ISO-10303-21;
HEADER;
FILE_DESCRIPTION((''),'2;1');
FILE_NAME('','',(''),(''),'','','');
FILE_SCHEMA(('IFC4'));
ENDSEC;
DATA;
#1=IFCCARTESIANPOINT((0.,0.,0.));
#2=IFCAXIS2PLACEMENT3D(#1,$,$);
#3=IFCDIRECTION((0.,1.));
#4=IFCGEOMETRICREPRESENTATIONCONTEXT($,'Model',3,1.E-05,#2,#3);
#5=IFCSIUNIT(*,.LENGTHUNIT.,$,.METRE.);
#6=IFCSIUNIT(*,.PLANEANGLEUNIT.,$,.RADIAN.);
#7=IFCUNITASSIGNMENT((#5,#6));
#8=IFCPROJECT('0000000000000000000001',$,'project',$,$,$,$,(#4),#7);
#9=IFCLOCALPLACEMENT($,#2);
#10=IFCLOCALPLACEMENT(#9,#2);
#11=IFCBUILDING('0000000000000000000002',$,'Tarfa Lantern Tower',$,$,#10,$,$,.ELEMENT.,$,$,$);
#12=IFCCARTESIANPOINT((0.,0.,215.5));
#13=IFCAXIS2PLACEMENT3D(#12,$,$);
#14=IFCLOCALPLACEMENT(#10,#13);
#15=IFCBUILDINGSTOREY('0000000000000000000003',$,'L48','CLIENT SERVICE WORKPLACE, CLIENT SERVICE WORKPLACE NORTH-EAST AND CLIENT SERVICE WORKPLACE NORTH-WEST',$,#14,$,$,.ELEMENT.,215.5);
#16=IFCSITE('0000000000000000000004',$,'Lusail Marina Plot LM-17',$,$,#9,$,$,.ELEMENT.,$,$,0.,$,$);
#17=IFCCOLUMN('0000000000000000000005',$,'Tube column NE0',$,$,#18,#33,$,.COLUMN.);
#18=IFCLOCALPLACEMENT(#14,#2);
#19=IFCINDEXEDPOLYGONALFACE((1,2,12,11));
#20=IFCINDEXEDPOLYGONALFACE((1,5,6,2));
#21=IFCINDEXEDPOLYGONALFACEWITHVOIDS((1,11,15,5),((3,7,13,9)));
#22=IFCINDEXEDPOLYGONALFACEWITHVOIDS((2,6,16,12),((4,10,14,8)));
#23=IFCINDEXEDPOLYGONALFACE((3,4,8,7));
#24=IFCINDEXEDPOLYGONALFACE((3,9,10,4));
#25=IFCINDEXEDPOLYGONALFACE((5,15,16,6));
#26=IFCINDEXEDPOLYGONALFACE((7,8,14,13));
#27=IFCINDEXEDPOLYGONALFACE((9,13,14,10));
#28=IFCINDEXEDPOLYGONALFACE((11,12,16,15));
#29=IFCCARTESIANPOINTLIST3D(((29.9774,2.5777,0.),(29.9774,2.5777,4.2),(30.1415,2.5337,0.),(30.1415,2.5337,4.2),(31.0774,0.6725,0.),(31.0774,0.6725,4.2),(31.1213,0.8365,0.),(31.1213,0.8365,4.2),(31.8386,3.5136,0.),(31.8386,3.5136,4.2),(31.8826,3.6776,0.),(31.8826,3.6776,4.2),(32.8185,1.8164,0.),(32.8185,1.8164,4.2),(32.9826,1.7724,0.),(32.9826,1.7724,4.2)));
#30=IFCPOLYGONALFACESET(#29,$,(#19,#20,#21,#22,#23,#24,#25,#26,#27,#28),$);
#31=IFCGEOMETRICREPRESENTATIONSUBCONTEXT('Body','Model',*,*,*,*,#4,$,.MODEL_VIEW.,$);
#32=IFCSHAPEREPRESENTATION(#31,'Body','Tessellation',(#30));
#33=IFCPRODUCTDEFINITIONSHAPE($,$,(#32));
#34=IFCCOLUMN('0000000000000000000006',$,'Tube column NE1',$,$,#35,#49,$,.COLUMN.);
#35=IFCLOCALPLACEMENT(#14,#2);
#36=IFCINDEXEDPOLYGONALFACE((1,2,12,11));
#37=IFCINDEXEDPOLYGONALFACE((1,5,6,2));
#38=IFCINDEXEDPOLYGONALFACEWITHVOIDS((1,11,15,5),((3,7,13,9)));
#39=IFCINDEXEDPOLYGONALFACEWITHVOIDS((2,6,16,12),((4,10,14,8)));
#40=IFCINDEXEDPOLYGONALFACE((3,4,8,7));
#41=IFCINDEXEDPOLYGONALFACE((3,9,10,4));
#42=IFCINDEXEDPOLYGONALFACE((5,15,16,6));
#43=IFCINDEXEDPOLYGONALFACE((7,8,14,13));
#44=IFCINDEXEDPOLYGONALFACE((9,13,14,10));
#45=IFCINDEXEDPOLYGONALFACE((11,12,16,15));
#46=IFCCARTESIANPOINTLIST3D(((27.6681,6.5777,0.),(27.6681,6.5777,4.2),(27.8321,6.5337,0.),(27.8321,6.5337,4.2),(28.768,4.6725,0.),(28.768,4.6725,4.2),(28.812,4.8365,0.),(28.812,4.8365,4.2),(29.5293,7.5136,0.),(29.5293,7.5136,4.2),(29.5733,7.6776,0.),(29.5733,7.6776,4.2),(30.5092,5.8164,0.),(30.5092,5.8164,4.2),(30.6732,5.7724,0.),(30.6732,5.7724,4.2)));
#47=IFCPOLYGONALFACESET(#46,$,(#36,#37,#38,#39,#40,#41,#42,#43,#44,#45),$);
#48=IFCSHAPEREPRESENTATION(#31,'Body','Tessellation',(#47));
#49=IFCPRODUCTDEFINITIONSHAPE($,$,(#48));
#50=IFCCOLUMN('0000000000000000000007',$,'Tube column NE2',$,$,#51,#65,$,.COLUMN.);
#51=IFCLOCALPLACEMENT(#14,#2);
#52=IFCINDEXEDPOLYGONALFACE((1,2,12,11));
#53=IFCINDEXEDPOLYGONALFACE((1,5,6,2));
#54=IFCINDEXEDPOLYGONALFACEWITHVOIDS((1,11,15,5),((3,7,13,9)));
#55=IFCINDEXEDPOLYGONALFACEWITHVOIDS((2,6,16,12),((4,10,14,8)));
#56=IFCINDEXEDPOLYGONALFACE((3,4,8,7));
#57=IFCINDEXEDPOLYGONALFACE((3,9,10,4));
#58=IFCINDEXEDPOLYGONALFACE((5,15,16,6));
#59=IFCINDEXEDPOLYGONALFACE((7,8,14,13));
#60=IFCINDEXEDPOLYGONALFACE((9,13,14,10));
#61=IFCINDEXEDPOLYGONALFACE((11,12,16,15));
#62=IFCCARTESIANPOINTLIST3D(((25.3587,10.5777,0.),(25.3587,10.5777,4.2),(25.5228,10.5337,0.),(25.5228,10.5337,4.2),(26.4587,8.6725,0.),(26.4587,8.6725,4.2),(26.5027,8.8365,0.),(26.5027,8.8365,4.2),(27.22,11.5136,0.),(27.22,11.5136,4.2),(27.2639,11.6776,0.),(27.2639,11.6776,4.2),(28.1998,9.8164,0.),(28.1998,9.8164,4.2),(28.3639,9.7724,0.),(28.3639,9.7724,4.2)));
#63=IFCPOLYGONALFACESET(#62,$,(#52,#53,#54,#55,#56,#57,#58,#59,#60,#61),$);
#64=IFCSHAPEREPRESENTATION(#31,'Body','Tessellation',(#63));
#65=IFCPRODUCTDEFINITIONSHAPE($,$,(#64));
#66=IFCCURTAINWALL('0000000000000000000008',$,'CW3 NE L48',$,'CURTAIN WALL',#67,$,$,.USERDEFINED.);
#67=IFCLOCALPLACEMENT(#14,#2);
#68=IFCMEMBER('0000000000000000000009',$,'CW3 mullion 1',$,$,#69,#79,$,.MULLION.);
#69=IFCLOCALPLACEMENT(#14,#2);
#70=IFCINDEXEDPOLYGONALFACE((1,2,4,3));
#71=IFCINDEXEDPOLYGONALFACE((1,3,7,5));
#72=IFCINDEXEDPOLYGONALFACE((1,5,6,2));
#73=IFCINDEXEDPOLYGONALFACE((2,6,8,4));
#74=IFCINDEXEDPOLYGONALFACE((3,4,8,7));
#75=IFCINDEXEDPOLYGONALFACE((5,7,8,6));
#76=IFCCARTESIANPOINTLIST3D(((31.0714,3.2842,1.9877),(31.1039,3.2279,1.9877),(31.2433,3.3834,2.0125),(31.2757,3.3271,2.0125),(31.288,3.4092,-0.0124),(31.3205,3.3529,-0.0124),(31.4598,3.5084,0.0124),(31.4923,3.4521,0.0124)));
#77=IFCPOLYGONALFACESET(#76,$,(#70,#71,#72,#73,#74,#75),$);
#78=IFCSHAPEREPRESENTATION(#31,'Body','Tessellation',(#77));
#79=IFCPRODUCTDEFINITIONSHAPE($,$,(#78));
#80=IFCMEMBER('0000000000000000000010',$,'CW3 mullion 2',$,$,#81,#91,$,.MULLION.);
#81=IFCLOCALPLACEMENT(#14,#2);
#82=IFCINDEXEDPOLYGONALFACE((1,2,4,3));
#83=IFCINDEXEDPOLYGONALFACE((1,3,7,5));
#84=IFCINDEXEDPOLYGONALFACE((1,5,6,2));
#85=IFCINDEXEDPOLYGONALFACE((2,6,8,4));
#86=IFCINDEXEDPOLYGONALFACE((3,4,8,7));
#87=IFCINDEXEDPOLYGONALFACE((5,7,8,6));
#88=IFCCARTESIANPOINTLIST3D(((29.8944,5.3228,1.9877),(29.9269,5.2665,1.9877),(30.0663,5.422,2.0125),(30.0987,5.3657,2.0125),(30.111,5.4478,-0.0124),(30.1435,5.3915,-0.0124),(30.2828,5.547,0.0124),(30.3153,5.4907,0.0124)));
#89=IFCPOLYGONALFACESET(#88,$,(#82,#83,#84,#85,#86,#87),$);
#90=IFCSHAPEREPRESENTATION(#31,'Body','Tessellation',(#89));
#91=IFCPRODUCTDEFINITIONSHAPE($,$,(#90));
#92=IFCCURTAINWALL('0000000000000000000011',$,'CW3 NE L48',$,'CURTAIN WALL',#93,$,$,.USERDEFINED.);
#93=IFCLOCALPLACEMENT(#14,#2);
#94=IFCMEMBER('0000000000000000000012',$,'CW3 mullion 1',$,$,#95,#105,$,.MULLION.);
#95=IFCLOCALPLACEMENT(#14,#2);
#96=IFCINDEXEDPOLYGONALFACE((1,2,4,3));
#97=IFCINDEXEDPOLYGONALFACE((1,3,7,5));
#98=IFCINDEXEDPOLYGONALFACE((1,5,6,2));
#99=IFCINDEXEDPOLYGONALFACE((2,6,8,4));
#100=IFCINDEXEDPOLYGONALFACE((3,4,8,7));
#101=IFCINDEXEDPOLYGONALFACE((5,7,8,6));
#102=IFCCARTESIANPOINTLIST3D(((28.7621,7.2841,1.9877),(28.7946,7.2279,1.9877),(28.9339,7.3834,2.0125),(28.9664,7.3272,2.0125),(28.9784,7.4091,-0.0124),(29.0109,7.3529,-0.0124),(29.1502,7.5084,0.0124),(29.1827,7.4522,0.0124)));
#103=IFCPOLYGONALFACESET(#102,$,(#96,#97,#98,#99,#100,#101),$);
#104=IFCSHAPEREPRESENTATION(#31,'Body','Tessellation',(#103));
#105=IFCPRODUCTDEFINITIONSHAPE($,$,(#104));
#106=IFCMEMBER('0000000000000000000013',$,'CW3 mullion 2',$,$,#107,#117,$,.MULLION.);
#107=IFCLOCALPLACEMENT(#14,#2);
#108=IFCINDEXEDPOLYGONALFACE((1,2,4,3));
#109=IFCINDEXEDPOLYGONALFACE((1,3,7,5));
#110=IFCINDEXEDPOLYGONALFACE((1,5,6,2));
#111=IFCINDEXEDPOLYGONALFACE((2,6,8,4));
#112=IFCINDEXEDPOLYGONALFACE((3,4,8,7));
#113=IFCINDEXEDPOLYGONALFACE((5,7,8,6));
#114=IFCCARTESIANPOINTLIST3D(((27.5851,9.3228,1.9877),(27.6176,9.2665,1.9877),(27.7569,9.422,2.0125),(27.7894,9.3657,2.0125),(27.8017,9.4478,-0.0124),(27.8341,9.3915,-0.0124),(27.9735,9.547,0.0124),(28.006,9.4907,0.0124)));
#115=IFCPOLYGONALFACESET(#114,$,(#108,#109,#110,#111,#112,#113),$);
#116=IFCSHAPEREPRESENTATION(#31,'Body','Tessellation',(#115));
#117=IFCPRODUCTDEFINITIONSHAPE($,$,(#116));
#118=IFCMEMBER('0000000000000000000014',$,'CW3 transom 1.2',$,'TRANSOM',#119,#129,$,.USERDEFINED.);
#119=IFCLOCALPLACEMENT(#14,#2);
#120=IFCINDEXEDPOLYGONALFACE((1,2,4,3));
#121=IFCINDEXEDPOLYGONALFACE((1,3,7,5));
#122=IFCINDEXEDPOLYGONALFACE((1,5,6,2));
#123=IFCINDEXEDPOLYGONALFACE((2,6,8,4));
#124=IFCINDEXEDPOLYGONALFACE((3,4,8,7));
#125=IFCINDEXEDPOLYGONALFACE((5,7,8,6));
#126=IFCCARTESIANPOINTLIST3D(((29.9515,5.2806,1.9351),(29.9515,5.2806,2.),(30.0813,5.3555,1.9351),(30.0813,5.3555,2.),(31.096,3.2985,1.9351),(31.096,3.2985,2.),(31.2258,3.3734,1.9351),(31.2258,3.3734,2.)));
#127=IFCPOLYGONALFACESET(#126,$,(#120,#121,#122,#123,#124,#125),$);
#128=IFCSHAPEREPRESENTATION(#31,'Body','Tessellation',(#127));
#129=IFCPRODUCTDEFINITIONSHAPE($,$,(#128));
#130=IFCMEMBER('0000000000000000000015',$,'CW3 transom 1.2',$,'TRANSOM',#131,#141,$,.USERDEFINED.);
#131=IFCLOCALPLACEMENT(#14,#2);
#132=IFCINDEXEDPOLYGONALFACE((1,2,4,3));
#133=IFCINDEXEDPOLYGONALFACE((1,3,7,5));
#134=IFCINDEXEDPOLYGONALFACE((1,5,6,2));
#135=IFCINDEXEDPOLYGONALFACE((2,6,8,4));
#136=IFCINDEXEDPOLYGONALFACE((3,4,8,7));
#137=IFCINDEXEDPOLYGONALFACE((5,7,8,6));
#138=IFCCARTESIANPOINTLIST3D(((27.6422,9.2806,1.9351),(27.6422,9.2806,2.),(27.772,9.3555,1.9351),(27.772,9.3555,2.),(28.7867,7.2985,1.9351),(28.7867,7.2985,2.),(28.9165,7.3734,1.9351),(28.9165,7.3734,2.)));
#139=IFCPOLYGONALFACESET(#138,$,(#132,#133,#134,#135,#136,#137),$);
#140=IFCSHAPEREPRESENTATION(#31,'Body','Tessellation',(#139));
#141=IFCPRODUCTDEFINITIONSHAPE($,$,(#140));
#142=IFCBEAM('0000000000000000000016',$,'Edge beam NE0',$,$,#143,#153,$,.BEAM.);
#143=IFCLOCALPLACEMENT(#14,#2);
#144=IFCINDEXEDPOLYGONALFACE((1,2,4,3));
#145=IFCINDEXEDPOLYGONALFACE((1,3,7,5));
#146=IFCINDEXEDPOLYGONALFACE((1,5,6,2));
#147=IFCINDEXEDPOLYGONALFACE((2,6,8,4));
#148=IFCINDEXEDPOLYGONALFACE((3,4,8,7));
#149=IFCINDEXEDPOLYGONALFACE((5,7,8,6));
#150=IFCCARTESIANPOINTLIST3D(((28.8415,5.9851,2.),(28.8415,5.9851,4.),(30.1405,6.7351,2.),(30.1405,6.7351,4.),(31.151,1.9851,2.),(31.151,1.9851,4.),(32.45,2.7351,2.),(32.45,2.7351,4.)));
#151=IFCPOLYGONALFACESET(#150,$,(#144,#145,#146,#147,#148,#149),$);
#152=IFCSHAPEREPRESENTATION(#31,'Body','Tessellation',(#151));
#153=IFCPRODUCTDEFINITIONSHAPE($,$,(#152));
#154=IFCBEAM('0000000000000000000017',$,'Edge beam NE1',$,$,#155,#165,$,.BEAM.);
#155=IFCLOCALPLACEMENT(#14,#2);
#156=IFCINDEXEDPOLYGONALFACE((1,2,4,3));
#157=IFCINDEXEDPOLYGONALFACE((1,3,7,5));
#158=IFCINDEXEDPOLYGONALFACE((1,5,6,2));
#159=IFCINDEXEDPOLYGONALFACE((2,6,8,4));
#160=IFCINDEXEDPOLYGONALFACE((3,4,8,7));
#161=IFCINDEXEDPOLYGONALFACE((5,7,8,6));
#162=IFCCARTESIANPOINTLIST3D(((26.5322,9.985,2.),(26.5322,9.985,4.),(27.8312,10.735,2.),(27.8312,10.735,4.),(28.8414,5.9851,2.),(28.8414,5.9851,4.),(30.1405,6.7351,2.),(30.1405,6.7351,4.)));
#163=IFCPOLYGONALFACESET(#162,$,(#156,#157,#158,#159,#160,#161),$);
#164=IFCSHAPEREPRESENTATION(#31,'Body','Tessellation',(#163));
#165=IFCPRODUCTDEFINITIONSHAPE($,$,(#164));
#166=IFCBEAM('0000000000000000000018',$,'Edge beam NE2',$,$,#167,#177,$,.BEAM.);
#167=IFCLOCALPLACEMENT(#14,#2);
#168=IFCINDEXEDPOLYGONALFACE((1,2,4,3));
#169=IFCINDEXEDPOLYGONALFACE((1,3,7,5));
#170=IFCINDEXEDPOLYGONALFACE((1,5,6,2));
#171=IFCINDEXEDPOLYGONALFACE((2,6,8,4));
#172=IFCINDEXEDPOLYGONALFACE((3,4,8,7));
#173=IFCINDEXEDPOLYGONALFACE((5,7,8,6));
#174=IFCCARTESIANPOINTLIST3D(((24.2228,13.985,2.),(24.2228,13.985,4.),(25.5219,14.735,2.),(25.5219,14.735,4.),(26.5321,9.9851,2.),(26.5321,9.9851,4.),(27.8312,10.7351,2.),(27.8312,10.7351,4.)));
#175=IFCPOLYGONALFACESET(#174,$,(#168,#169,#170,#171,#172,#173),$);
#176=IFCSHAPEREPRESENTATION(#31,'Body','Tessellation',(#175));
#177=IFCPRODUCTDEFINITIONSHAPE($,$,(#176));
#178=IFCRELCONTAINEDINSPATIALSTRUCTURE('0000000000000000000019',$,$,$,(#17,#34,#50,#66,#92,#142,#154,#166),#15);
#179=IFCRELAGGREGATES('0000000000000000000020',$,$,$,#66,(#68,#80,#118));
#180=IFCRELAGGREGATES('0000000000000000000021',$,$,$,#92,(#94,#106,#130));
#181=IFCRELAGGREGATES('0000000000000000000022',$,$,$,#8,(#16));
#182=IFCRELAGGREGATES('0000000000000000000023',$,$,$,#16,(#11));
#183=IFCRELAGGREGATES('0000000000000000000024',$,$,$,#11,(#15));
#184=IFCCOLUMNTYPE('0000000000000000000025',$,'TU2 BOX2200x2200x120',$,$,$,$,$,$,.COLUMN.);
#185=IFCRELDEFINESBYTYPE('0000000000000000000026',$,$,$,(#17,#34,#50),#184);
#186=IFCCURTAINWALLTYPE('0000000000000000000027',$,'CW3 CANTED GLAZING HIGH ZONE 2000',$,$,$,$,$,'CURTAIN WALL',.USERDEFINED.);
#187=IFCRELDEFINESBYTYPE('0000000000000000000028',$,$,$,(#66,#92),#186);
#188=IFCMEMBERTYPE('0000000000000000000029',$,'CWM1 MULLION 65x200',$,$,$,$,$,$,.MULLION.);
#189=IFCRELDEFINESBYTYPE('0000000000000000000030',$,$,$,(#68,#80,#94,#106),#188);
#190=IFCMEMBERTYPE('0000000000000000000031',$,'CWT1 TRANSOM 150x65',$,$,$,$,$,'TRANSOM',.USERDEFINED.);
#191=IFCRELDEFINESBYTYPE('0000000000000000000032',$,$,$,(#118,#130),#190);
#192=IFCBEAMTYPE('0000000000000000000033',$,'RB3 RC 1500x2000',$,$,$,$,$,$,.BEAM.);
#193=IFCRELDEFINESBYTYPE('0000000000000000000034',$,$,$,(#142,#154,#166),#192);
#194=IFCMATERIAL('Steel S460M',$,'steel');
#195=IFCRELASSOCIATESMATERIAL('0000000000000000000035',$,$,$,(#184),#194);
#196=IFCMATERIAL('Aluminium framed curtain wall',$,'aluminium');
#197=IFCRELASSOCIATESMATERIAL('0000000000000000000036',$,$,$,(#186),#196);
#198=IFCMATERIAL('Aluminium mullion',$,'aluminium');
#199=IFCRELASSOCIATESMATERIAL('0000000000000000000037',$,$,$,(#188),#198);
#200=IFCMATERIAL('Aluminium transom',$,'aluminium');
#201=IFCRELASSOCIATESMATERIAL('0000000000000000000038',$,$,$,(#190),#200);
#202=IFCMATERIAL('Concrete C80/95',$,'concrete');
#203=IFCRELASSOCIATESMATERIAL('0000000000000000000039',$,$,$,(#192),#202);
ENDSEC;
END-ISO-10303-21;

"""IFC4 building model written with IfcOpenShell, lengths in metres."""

from ifc_helpers import new_model, si_unit, direction, frame, origin, origin_2d, place, context, subcontext, project, spatial, rectangle, hollow_rectangle, extrude, material, material_profile, profile_set, type_object, element, aggregate, save


model = new_model("IFC4")

# Units and contexts
model_context = context("Model", 3, precision=1e-05, world=origin(), true_north=direction((0.0, 1.0)))
body_context = subcontext(model_context, "Body", "Model", "MODEL_VIEW")
ifc_project = project(units=[si_unit("LENGTHUNIT", "METRE"), si_unit("PLANEANGLEUNIT", "RADIAN")], contexts=[model_context])

# Site, building, storey
site_placement = place(None, origin())
site = spatial("IfcSite", under=ifc_project, at=site_placement, Name="Lusail Marina Plot LM-17", CompositionType="ELEMENT", RefElevation=0.0)
building_placement = place(site_placement, origin())
building = spatial("IfcBuilding", under=site, at=building_placement, Name="Tarfa Lantern Tower", CompositionType="ELEMENT")
storey_placement = place(building_placement, frame((0.0, 0.0, 215.5)))
storey = spatial("IfcBuildingStorey", under=building, at=storey_placement, Name="L48", Description="CLIENT SERVICE WORKPLACE, CLIENT SERVICE WORKPLACE NORTH-EAST AND CLIENT SERVICE WORKPLACE NORTH-WEST", CompositionType="ELEMENT", Elevation=215.5)

# Columns
ifc_material_1 = material(Name="Steel S460M", Category="steel")
ifc_material_profile_1 = material_profile(ifc_material_1, hollow_rectangle(XDim=2.2, YDim=2.2, WallThickness=0.1201, at=origin_2d()), Name="BOX2200x2200x120")
ifc_profile_set_1 = profile_set([ifc_material_profile_1], Name="Steel S460M")
column_type = type_object("IfcColumnType", Name="TU2 BOX2200x2200x120", PredefinedType="COLUMN", material=ifc_profile_set_1)
for number, where, z_axis, x_axis, name in (
    (1, (31.48, 2.175, 0.0), (0.0, 0.0, 1.0), (-0.5, 0.866025, 0.0), "Tube column NE0"),
    (2, (29.1707, 6.175, 0.0), (0.0, 0.0, 1.0), (-0.5, 0.866025, 0.0), "Tube column NE1"),
    (3, (26.8613, 10.175, 0.0), (0.0, 0.0, 1.0), (-0.5, 0.866025, 0.0), "Tube column NE2"),
):
    element("IfcColumn", number, at=place(storey_placement, frame(where, z_axis=z_axis, x_axis=x_axis)), inside=storey, type_object=column_type, Name=name, PredefinedType="COLUMN", context=body_context, shape_type="SweptSolid", body=[
        extrude(hollow_rectangle(XDim=2.2, YDim=2.2, WallThickness=0.1201, at=origin_2d()), origin(), (0.0, 0.0, 1.0), 4.2),
    ])

# Curtain walls, members
ifc_material_2 = material(Name="Aluminium framed curtain wall", Category="aluminium")
curtain_wall_type = type_object("IfcCurtainWallType", Name="CW3 CANTED GLAZING HIGH ZONE 2000", ElementType="CURTAIN WALL", PredefinedType="USERDEFINED", material=ifc_material_2)
curtain_wall_1_placement = place(storey_placement, origin())
curtain_wall_1 = element("IfcCurtainWall", 4, at=curtain_wall_1_placement, inside=storey, type_object=curtain_wall_type, Name="CW3 NE L48", ObjectType="CURTAIN WALL", PredefinedType="USERDEFINED")
ifc_material_3 = material(Name="Aluminium mullion", Category="aluminium")
ifc_material_profile_2 = material_profile(ifc_material_3, rectangle(XDim=0.0649, YDim=0.2, at=origin_2d()), Name="AL MULLION 65x200")
ifc_profile_set_2 = profile_set([ifc_material_profile_2], Name="Aluminium mullion")
member_type_1 = type_object("IfcMemberType", Name="CWM1 MULLION 65x200", PredefinedType="MULLION", material=ifc_profile_set_2)
member_1_placement = place(storey_placement, frame((31.3901, 3.4307, 0.0), z_axis=(-0.10744, -0.062017, 0.992275), x_axis=(0.49992, -0.866072, 0.0)))
member_1 = element("IfcMember", 5, at=member_1_placement, type_object=member_type_1, Name="CW3 mullion 1", PredefinedType="MULLION", context=body_context, shape_type="SweptSolid", body=[
    extrude(rectangle(XDim=0.0649, YDim=0.2, at=origin_2d()), origin(), (0.0, 0.0, 1.0), 2.0156),
])
member_2_placement = place(storey_placement, frame((30.2131, 5.4692, 0.0), z_axis=(-0.10744, -0.062017, 0.992275), x_axis=(0.49992, -0.866072, 0.0)))
member_2 = element("IfcMember", 6, at=member_2_placement, type_object=member_type_1, Name="CW3 mullion 2", PredefinedType="MULLION", context=body_context, shape_type="SweptSolid", body=[
    extrude(rectangle(XDim=0.0649, YDim=0.2, at=origin_2d()), origin(), (0.0, 0.0, 1.0), 2.0156),
])
curtain_wall_2_placement = place(storey_placement, origin())
curtain_wall_2 = element("IfcCurtainWall", 7, at=curtain_wall_2_placement, inside=storey, type_object=curtain_wall_type, Name="CW3 NE L48", ObjectType="CURTAIN WALL", PredefinedType="USERDEFINED")
member_3_placement = place(storey_placement, frame((29.0806, 7.4307, 0.0), z_axis=(-0.10732, -0.062018, 0.992288), x_axis=(0.500343, -0.865827, 0.0)))
member_3 = element("IfcMember", 8, at=member_3_placement, type_object=member_type_1, Name="CW3 mullion 1", PredefinedType="MULLION", context=body_context, shape_type="SweptSolid", body=[
    extrude(rectangle(XDim=0.0649, YDim=0.2, at=origin_2d()), origin(), (0.0, 0.0, 1.0), 2.0156),
])
member_4_placement = place(storey_placement, frame((27.9038, 9.4692, 0.0), z_axis=(-0.10744, -0.062017, 0.992275), x_axis=(0.49992, -0.866072, 0.0)))
member_4 = element("IfcMember", 9, at=member_4_placement, type_object=member_type_1, Name="CW3 mullion 2", PredefinedType="MULLION", context=body_context, shape_type="SweptSolid", body=[
    extrude(rectangle(XDim=0.0649, YDim=0.2, at=origin_2d()), origin(), (0.0, 0.0, 1.0), 2.0156),
])

# Members
ifc_material_4 = material(Name="Aluminium transom", Category="aluminium")
ifc_material_profile_3 = material_profile(ifc_material_4, rectangle(XDim=0.1499, YDim=0.0649, at=origin_2d()), Name="AL TRANSOM 150x65")
ifc_profile_set_3 = profile_set([ifc_material_profile_3], Name="Aluminium transom")
member_type_2 = type_object("IfcMemberType", Name="CWT1 TRANSOM 150x65", ElementType="TRANSOM", PredefinedType="USERDEFINED", material=ifc_profile_set_3)
member_5_placement = place(storey_placement, frame((31.1609, 3.3359, 1.9675), z_axis=(-0.500039, 0.866003, 0.0), x_axis=(-0.866003, -0.500039, 0.0)))
member_5 = element("IfcMember", 10, at=member_5_placement, type_object=member_type_2, Name="CW3 transom 1.2", ObjectType="TRANSOM", PredefinedType="USERDEFINED", context=body_context, shape_type="SweptSolid", body=[
    extrude(rectangle(XDim=0.1499, YDim=0.0649, at=origin_2d()), origin(), (0.0, 0.0, 1.0), 2.2888),
])
member_6_placement = place(storey_placement, frame((28.8516, 7.3359, 1.9675), z_axis=(-0.500039, 0.866003, 0.0), x_axis=(-0.866003, -0.500039, 0.0)))
member_6 = element("IfcMember", 11, at=member_6_placement, type_object=member_type_2, Name="CW3 transom 1.2", ObjectType="TRANSOM", PredefinedType="USERDEFINED", context=body_context, shape_type="SweptSolid", body=[
    extrude(rectangle(XDim=0.1499, YDim=0.0649, at=origin_2d()), origin(), (0.0, 0.0, 1.0), 2.2888),
])

# Beams
ifc_material_5 = material(Name="Concrete C80/95", Category="concrete")
ifc_material_profile_4 = material_profile(ifc_material_5, rectangle(XDim=1.5, YDim=2.0, at=origin_2d()), Name="RC 1500x2000")
ifc_profile_set_4 = profile_set([ifc_material_profile_4], Name="Concrete C80/95")
beam_type_1 = type_object("IfcBeamType", Name="RB3 RC 1500x2000", PredefinedType="BEAM", material=ifc_profile_set_4)
beam_1_placement = place(storey_placement, frame((31.8005, 2.3601, 3.0), z_axis=(-0.500027, 0.86601, 0.0), x_axis=(-0.86601, -0.500027, 0.0)))
element("IfcBeam", 12, at=beam_1_placement, inside=storey, type_object=beam_type_1, Name="Edge beam NE0", PredefinedType="BEAM", context=body_context, shape_type="SweptSolid", body=[
    extrude(rectangle(XDim=1.5, YDim=2.0, at=origin_2d()), origin(), (0.0, 0.0, 1.0), 4.6189),
])
for number, where, z_axis, x_axis, name in (
    (13, (29.491, 6.3601, 3.0), (-0.499988, 0.866032, 0.0), (-0.866032, -0.499988, 0.0), "Edge beam NE1"),
    (14, (27.1816, 10.3601, 3.0), (-0.499988, 0.866032, 0.0), (-0.866032, -0.499988, 0.0), "Edge beam NE2"),
):
    element("IfcBeam", number, at=place(storey_placement, frame(where, z_axis=z_axis, x_axis=x_axis)), inside=storey, type_object=beam_type_1, Name=name, PredefinedType="BEAM", context=body_context, shape_type="SweptSolid", body=[
        extrude(rectangle(XDim=1.5, YDim=2.0, at=origin_2d()), origin(), (0.0, 0.0, 1.0), 4.6187),
    ])

aggregate(curtain_wall_1, [member_1, member_2, member_5])
aggregate(curtain_wall_2, [member_3, member_4, member_6])

save(model, "model.ifc")
